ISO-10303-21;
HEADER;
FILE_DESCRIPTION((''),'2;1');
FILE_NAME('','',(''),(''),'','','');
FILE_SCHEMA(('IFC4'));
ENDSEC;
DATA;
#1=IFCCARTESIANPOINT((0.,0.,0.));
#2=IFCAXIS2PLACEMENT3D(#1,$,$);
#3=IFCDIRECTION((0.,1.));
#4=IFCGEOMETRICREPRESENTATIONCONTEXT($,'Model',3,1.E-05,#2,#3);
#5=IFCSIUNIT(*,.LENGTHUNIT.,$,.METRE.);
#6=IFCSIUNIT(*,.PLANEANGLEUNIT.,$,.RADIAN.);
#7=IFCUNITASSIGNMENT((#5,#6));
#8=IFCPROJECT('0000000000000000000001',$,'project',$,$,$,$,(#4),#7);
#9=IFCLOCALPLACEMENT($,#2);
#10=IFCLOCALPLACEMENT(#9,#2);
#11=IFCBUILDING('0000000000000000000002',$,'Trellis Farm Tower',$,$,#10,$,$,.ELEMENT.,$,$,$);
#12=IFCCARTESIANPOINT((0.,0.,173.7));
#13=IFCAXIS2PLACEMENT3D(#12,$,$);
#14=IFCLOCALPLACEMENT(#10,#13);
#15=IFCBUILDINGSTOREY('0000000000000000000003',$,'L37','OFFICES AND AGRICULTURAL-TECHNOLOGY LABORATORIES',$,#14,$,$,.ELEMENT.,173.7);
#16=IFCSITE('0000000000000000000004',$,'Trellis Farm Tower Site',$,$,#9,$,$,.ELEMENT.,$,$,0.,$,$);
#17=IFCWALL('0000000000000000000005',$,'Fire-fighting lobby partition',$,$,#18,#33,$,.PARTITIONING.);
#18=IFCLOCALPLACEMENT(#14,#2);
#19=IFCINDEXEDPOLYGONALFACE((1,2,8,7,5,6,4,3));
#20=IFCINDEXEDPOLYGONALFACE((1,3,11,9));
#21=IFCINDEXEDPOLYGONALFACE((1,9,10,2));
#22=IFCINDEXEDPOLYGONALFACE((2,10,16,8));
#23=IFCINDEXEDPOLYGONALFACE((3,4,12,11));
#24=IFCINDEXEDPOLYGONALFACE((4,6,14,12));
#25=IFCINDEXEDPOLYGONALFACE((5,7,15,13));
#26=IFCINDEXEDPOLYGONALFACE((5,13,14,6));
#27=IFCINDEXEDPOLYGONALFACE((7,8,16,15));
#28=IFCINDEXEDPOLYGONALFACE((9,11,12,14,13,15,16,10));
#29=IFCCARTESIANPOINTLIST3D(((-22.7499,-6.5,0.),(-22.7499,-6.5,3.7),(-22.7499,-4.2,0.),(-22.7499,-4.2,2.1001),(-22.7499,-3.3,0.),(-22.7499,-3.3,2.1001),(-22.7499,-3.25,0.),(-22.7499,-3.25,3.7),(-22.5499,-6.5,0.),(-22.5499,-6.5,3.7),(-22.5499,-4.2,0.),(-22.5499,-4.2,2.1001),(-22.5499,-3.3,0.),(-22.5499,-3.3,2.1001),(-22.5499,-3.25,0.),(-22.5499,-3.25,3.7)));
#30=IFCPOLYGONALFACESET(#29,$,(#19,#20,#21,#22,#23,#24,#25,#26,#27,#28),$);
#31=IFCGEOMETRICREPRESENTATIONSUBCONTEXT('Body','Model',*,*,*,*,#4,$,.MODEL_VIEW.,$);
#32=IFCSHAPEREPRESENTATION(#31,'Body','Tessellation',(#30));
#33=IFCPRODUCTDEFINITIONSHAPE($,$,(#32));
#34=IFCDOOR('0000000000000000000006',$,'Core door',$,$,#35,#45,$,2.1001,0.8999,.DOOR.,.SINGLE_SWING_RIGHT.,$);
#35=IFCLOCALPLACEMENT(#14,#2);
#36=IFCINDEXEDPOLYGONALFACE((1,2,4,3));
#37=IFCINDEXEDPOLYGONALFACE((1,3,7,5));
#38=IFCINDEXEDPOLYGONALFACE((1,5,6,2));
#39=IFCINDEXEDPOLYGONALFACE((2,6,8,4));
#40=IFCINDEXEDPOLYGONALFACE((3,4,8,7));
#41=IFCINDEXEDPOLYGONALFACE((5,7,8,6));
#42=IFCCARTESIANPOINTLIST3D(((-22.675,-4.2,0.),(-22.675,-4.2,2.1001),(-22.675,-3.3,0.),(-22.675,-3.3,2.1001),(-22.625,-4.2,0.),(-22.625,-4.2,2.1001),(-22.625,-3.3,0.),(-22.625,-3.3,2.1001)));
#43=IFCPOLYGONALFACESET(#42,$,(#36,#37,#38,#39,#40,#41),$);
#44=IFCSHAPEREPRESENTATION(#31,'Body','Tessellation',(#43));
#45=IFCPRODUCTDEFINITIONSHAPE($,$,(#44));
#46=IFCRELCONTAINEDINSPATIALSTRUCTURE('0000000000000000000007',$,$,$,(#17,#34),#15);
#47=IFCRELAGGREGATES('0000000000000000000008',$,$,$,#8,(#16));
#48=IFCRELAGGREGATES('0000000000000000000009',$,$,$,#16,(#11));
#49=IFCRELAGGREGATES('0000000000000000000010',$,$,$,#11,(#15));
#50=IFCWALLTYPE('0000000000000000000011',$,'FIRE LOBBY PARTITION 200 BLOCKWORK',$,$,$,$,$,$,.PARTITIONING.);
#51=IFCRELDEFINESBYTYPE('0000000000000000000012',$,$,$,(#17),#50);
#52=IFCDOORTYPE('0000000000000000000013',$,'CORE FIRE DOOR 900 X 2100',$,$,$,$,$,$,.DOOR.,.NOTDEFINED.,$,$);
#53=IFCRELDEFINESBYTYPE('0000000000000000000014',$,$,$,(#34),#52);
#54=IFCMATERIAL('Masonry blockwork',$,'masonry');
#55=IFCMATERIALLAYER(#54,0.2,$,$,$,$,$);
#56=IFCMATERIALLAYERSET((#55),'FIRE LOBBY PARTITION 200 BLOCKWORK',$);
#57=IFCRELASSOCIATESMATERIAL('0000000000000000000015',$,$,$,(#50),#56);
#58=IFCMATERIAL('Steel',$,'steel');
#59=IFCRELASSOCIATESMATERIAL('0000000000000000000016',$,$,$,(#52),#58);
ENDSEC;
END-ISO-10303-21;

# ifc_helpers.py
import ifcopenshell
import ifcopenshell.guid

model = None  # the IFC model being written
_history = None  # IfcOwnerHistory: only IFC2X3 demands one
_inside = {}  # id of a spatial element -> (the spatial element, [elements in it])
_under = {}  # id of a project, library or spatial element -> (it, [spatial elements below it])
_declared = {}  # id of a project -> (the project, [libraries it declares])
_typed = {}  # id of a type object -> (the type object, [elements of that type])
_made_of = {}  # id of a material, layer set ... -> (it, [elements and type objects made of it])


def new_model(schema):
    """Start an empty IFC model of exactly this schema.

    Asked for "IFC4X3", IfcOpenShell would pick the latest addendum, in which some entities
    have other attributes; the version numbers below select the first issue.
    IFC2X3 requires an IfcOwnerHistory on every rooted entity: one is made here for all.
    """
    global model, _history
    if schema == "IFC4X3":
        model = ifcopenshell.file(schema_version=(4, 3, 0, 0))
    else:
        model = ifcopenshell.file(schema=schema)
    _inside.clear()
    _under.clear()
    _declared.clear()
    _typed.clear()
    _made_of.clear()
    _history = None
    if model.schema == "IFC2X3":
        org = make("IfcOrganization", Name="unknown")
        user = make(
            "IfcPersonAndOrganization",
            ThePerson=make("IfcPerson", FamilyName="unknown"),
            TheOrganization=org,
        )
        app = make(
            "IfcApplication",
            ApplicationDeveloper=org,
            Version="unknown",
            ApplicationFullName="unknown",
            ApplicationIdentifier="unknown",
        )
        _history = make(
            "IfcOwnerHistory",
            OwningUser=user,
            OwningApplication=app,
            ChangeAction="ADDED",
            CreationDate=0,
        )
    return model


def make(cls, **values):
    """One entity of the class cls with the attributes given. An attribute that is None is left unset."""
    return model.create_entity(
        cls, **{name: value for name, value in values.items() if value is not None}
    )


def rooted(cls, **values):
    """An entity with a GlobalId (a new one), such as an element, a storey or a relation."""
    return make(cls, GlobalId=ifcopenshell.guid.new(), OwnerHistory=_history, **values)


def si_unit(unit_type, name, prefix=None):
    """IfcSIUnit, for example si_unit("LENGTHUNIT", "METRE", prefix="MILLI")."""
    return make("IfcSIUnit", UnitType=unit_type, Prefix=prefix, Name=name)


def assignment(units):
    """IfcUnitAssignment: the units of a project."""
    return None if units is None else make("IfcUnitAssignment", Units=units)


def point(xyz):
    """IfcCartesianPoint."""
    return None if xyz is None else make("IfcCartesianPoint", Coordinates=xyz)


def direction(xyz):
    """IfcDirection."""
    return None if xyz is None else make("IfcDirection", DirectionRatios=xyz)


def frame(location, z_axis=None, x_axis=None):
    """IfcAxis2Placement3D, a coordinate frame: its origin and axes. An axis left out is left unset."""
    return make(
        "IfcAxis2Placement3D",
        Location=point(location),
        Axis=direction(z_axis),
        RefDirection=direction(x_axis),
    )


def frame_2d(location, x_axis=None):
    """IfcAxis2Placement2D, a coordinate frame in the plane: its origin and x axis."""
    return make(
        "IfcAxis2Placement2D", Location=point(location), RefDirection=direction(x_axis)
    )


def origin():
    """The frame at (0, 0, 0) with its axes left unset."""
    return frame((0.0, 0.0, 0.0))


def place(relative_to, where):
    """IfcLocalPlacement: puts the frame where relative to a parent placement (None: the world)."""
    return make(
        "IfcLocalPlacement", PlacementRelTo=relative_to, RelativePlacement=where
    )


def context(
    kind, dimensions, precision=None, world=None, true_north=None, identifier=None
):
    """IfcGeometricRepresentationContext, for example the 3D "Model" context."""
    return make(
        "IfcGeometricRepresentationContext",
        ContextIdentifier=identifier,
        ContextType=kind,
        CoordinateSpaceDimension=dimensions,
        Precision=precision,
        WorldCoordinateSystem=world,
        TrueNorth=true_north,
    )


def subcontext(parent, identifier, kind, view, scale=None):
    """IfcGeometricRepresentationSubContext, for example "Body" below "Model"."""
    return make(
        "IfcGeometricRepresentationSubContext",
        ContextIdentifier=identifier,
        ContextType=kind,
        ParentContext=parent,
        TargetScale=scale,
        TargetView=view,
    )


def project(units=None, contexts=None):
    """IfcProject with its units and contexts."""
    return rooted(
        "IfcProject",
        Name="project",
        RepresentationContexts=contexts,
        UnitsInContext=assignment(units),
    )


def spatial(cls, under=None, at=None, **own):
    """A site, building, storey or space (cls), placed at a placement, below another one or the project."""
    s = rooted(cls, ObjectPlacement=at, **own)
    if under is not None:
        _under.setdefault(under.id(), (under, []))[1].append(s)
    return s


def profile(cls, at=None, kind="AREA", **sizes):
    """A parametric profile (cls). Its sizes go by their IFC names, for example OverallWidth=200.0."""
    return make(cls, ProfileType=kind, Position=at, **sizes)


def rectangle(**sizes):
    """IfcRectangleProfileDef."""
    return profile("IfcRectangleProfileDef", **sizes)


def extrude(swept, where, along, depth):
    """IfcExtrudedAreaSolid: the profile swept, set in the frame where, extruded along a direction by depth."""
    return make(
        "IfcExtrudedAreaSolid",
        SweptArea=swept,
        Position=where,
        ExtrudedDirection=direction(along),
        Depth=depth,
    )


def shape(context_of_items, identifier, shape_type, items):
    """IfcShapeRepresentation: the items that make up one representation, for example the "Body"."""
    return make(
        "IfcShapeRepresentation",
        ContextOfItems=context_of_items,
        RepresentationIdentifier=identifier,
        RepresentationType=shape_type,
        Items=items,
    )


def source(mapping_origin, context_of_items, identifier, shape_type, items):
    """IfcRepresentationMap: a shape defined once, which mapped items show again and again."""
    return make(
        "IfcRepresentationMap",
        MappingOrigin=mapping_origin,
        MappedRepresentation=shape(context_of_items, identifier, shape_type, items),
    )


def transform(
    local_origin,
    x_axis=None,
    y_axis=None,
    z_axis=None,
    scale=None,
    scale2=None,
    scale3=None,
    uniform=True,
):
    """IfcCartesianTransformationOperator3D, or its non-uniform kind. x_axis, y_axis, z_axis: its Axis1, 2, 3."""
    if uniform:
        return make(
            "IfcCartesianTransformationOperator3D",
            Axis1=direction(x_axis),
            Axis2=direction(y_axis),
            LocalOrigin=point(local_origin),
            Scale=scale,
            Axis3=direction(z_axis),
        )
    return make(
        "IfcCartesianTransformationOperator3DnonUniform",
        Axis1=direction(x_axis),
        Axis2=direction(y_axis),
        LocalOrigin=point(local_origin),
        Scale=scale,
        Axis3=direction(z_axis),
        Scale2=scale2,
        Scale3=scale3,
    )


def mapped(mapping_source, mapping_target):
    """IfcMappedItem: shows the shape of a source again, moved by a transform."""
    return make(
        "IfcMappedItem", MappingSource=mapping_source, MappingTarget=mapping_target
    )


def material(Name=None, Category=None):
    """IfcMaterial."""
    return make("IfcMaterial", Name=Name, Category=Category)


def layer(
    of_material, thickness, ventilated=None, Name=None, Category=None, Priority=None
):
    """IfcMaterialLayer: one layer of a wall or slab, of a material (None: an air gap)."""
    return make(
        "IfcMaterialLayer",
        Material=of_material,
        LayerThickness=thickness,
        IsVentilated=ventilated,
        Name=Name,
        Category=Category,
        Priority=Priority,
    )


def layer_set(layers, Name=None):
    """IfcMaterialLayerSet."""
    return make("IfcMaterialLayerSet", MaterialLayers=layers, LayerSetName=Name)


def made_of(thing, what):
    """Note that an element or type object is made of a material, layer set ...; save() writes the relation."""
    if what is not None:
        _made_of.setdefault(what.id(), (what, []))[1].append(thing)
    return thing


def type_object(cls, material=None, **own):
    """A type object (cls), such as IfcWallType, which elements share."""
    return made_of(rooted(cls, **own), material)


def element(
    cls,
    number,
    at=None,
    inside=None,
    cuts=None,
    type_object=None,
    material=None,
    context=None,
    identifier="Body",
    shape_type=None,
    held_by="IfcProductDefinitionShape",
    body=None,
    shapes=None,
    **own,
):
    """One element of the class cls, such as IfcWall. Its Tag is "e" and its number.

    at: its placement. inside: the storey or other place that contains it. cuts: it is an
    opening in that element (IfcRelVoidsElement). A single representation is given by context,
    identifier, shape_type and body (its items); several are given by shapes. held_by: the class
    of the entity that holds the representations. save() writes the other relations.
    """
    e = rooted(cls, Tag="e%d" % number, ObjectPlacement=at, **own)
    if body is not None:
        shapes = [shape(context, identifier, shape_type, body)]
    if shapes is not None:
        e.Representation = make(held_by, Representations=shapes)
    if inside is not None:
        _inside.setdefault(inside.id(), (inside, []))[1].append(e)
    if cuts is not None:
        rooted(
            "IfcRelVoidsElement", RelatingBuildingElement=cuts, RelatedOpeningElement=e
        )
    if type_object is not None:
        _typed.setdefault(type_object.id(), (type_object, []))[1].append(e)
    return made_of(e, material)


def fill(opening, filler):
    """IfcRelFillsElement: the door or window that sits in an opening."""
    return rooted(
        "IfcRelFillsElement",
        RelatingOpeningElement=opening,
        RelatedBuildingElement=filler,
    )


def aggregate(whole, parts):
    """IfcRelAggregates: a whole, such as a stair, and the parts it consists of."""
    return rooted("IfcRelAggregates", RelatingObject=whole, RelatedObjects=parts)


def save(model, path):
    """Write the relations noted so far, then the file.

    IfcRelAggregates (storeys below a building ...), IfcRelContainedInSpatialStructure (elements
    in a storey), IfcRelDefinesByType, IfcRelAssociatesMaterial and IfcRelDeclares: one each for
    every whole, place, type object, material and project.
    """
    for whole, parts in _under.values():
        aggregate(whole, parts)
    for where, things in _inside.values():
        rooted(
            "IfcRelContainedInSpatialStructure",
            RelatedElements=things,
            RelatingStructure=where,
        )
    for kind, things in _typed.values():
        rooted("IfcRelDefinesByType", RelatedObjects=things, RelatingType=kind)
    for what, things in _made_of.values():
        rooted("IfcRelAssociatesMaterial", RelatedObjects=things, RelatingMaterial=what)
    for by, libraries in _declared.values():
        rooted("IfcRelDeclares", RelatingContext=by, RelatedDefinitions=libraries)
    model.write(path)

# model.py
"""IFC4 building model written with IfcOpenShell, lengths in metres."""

from ifc_helpers import new_model, si_unit, direction, frame, frame_2d, origin, place, context, subcontext, project, spatial, rectangle, extrude, source, transform, mapped, material, layer, layer_set, type_object, element, fill, save


model = new_model("IFC4")

# Units and contexts
model_context = context("Model", 3, precision=1e-05, world=origin(), true_north=direction((0.0, 1.0)))
body_context = subcontext(model_context, "Body", "Model", "MODEL_VIEW")
ifc_project = project(units=[si_unit("LENGTHUNIT", "METRE"), si_unit("PLANEANGLEUNIT", "RADIAN")], contexts=[model_context])

# Site, building, storey
site_placement = place(None, origin())
site = spatial("IfcSite", under=ifc_project, at=site_placement, Name="Trellis Farm Tower Site", CompositionType="ELEMENT", RefElevation=0.0)
building_placement = place(site_placement, origin())
building = spatial("IfcBuilding", under=site, at=building_placement, Name="Trellis Farm Tower", CompositionType="ELEMENT")
storey_placement = place(building_placement, frame((0.0, 0.0, 173.7)))
storey = spatial("IfcBuildingStorey", under=building, at=storey_placement, Name="L37", Description="OFFICES AND AGRICULTURAL-TECHNOLOGY LABORATORIES", CompositionType="ELEMENT", Elevation=173.7)

# Wall, opening, door
ifc_material_1 = material(Name="Masonry blockwork", Category="masonry")
ifc_layer_1 = layer(ifc_material_1, 0.2)
ifc_layer_set_1 = layer_set([ifc_layer_1], Name="FIRE LOBBY PARTITION 200 BLOCKWORK")
wall_type_1 = type_object("IfcWallType", Name="FIRE LOBBY PARTITION 200 BLOCKWORK", PredefinedType="PARTITIONING", material=ifc_layer_set_1)
shared_shape_1 = source(origin(), body_context, "Body", "SweptSolid", [
    extrude(rectangle(XDim=3.25, YDim=0.2, at=frame_2d((1.625, 0.0))), origin(), (0.0, 0.0, 1.0), 3.7),
])
ifc_material_2 = material(Name="Steel", Category="steel")
wall_1_placement = place(storey_placement, frame((-22.6499, -3.25, 0.0), z_axis=(0.0, 0.0, 1.0), x_axis=(0.0, -1.0, 0.0)))
wall_1 = element("IfcWall", 1, at=wall_1_placement, inside=storey, type_object=wall_type_1, Name="Fire-fighting lobby partition", PredefinedType="PARTITIONING", context=body_context, shape_type="MappedRepresentation", body=[
    mapped(shared_shape_1, transform((0.0, 0.0, 0.0))),
])
shared_shape_2 = source(origin(), body_context, "Body", "SweptSolid", [
    extrude(rectangle(XDim=0.8999, YDim=2.1001, at=frame_2d((0.45, 1.05))), frame((0.0, 0.1101, 0.0), z_axis=(0.0, -1.0, 0.0), x_axis=(1.0, 0.0, 0.0)), (0.0, 0.0, 1.0), 0.2202),
])
opening_1_placement = place(wall_1_placement, frame((0.05, 0.0, 0.0)))
opening_1 = element("IfcOpeningElement", 2, at=opening_1_placement, cuts=wall_1, PredefinedType="OPENING", context=body_context, shape_type="MappedRepresentation", body=[
    mapped(shared_shape_2, transform((0.0, 0.0, 0.0))),
])
door_type_1 = type_object("IfcDoorType", Name="CORE FIRE DOOR 900 X 2100", OperationType="NOTDEFINED", PredefinedType="DOOR", material=ifc_material_2)
shared_shape_3 = source(origin(), body_context, "Body", "SweptSolid", [
    extrude(rectangle(XDim=0.8999, YDim=2.1001, at=frame_2d((0.45, 1.05))), frame((0.0, 0.0249, 0.0), z_axis=(0.0, -1.0, 0.0), x_axis=(1.0, 0.0, 0.0)), (0.0, 0.0, 1.0), 0.05),
])
door_1_placement = place(opening_1_placement, origin())
door_1 = element("IfcDoor", 3, at=door_1_placement, inside=storey, type_object=door_type_1, Name="Core door", OperationType="SINGLE_SWING_RIGHT", OverallHeight=2.1001, OverallWidth=0.8999, PredefinedType="DOOR", context=body_context, shape_type="MappedRepresentation", body=[
    mapped(shared_shape_3, transform((0.0, 0.0, 0.0))),
])
fill(opening_1, door_1)

save(model, "model.ifc")
